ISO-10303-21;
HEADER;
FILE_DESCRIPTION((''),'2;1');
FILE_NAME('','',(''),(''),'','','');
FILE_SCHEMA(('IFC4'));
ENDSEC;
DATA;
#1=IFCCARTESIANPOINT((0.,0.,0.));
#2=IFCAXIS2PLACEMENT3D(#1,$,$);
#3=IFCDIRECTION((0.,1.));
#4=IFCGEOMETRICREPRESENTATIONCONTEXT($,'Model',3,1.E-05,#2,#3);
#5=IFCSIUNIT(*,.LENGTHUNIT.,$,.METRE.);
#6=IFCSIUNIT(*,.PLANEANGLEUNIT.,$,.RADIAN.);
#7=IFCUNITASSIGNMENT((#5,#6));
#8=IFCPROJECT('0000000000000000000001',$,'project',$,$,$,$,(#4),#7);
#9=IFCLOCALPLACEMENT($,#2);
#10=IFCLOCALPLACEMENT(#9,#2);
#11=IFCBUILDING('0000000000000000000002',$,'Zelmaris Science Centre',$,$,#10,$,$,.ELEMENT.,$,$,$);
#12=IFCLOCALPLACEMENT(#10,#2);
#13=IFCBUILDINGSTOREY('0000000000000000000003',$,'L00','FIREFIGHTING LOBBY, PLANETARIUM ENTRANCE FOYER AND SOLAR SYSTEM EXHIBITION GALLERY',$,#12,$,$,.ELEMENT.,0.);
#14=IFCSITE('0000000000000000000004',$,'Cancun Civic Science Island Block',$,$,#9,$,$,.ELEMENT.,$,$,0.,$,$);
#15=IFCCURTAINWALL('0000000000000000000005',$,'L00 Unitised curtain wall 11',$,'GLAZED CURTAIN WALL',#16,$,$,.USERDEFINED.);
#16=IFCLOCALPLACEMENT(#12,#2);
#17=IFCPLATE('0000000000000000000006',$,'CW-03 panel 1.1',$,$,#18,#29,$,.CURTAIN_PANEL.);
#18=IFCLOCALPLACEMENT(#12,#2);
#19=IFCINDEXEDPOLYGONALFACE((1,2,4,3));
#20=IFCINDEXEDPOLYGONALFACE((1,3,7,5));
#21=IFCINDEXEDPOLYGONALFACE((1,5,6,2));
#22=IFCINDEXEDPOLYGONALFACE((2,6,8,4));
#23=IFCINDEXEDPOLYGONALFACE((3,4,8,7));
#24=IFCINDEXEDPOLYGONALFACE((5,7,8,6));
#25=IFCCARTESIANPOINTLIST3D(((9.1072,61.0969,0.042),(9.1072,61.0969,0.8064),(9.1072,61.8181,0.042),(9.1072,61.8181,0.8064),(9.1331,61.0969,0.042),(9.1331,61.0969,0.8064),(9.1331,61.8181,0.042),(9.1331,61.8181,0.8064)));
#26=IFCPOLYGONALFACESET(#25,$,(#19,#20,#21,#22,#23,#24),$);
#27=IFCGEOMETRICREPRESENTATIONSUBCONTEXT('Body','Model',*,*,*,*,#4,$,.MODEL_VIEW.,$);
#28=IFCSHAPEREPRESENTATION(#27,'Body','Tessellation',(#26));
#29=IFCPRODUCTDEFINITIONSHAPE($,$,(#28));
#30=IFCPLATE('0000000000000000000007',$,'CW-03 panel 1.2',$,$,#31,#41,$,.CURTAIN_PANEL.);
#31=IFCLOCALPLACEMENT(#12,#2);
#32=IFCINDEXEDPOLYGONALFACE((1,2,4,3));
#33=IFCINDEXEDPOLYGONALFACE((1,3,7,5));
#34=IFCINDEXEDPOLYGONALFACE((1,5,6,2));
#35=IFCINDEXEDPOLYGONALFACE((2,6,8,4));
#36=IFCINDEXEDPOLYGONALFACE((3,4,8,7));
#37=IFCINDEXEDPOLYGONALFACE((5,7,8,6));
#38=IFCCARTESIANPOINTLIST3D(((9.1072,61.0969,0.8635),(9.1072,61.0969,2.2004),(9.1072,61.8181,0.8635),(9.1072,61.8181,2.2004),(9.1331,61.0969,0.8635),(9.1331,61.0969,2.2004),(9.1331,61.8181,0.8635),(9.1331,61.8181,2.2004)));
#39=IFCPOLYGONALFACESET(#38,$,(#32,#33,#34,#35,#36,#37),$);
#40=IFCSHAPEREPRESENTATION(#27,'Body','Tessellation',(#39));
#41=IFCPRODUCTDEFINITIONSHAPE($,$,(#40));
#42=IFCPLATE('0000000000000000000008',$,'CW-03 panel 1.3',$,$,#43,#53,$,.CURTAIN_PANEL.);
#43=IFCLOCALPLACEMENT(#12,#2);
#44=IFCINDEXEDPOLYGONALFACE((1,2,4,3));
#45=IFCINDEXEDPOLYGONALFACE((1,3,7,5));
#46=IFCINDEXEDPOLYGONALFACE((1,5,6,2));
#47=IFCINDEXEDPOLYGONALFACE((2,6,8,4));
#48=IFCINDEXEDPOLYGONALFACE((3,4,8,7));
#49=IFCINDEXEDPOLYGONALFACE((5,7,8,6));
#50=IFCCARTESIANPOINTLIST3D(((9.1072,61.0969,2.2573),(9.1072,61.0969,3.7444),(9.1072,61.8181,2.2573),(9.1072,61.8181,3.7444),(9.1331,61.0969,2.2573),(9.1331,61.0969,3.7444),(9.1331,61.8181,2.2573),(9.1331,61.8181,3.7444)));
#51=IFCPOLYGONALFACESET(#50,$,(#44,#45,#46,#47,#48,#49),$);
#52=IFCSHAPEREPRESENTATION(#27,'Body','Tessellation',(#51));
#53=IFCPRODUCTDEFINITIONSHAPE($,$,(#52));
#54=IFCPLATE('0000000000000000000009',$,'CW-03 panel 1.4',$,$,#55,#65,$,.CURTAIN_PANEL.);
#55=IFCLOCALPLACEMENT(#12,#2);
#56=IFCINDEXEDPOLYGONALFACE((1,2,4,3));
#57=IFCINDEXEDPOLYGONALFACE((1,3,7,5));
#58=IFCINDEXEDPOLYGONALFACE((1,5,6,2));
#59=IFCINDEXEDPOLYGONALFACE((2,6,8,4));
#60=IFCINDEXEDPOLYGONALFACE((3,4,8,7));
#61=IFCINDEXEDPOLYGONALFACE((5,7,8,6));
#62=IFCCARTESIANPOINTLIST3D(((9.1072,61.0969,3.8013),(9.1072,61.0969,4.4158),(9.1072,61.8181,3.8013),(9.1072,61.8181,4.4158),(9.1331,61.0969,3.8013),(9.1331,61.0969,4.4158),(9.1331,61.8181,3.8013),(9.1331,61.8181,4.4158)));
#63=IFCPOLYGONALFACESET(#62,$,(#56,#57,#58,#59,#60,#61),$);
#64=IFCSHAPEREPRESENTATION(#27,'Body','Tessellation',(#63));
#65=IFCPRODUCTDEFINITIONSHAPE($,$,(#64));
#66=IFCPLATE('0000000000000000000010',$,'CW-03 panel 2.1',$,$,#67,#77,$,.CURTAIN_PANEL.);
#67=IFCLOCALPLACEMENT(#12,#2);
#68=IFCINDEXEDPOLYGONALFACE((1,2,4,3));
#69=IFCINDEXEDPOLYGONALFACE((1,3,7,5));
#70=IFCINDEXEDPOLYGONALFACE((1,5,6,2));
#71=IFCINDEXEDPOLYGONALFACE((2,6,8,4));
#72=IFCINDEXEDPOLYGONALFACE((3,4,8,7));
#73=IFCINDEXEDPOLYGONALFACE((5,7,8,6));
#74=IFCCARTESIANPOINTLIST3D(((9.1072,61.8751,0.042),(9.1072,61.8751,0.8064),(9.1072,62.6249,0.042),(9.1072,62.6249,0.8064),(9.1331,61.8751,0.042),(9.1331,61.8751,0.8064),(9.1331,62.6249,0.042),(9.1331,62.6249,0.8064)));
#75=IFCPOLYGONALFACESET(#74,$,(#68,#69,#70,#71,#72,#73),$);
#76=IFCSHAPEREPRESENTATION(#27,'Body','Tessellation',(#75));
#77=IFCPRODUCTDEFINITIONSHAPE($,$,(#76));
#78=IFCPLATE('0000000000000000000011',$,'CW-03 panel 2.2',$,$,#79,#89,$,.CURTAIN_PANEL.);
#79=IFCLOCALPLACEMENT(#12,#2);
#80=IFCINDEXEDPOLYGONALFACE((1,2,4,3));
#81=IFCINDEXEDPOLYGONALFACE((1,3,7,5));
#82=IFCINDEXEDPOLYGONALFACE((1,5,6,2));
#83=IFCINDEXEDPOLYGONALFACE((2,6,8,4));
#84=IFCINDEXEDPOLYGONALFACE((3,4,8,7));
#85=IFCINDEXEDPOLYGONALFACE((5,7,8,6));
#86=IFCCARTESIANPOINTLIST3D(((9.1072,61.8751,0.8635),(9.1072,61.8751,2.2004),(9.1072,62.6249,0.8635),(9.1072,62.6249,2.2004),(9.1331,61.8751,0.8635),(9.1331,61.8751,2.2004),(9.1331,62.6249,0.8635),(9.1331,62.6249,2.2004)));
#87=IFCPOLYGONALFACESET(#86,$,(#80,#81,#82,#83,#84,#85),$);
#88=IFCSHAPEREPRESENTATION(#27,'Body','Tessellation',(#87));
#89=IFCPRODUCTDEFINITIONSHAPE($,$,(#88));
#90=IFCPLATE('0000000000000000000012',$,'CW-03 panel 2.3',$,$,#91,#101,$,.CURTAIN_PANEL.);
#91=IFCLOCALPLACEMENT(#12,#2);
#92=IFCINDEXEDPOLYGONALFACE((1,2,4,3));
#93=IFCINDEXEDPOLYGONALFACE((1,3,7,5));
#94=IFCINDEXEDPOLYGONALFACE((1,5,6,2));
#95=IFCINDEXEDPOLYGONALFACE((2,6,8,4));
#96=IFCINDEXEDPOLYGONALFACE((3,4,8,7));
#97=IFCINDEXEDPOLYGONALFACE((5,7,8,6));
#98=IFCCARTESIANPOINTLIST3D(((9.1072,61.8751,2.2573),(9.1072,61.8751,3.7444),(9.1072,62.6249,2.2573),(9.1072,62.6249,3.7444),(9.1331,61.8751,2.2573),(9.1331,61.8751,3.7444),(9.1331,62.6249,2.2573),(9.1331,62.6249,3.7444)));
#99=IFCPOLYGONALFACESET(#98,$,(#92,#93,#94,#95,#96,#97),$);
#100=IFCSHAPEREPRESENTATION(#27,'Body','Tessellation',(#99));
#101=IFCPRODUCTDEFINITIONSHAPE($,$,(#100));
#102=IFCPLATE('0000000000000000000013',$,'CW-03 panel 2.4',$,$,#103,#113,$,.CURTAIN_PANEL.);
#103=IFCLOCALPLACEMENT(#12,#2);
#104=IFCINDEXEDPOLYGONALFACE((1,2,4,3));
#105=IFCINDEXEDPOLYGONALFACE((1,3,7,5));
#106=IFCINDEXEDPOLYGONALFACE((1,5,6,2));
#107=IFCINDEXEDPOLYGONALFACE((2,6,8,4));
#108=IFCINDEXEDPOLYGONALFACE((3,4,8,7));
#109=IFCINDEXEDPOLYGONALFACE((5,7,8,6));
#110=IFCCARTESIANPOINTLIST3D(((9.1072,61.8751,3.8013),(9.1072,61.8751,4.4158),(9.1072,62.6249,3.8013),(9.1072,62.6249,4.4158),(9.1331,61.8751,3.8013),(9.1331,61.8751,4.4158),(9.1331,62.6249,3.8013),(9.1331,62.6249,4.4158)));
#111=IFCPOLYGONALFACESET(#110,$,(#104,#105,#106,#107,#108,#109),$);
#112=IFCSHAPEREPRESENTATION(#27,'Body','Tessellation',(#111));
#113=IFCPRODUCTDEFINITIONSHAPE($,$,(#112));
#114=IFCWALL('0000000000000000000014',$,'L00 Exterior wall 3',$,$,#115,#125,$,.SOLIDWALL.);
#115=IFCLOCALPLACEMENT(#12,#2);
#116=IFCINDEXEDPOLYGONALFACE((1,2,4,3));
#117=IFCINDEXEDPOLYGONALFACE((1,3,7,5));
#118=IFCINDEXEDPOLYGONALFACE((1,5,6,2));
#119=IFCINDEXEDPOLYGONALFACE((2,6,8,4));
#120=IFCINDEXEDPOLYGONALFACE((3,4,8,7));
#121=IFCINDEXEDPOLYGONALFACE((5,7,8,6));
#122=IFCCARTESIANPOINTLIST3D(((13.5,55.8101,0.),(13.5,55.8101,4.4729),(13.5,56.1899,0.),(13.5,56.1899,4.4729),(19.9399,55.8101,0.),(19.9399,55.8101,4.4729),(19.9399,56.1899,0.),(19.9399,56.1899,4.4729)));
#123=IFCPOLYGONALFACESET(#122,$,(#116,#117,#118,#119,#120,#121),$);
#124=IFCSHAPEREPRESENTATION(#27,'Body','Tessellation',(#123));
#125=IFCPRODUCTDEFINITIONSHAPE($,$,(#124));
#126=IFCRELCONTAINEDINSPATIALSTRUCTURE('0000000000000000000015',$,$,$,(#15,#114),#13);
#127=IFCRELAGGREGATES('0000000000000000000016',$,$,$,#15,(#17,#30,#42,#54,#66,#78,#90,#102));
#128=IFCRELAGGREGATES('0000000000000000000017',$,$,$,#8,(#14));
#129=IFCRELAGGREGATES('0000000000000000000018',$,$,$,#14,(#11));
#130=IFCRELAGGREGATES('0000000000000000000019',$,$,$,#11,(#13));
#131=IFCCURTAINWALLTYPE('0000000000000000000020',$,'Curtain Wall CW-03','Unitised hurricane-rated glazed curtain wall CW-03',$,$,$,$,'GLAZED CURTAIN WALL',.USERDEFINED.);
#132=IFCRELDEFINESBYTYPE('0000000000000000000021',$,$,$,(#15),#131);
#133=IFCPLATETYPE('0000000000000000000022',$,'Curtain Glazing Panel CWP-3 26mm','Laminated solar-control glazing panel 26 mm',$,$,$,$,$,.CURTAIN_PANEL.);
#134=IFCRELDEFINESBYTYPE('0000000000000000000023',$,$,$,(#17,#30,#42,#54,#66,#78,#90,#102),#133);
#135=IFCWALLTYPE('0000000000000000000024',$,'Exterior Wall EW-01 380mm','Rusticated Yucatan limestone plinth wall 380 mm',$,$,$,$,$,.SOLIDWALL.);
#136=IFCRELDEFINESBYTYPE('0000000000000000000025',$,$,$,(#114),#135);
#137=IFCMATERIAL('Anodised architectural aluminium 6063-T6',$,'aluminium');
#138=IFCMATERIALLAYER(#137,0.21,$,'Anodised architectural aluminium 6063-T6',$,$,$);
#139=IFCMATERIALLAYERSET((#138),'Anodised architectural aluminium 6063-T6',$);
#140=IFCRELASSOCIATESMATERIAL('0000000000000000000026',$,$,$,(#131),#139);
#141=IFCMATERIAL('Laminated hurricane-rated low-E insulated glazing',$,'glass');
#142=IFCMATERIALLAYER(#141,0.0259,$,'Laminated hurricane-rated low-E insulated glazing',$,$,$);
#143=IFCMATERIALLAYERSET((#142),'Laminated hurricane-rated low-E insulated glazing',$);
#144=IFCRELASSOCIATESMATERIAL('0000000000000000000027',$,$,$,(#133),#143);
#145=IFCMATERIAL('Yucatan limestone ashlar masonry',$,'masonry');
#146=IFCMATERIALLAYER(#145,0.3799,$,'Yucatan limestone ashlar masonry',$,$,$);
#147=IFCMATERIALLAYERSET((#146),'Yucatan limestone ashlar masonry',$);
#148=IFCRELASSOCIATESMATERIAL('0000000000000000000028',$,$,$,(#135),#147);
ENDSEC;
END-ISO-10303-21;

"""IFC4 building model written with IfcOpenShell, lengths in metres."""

from ifc_helpers import new_model, si_unit, direction, frame, frame_2d, origin, origin_2d, place, context, subcontext, project, spatial, rectangle, extrude, material, layer, layer_set, type_object, element, aggregate, save


model = new_model("IFC4")

# Units and contexts
model_context = context("Model", 3, precision=1e-05, world=origin(), true_north=direction((0.0, 1.0)))
body_context = subcontext(model_context, "Body", "Model", "MODEL_VIEW")
ifc_project = project(units=[si_unit("LENGTHUNIT", "METRE"), si_unit("PLANEANGLEUNIT", "RADIAN")], contexts=[model_context])

# Site, building, storey
site_placement = place(None, origin())
site = spatial("IfcSite", under=ifc_project, at=site_placement, Name="Cancun Civic Science Island Block", CompositionType="ELEMENT", RefElevation=0.0)
building_placement = place(site_placement, origin())
building = spatial("IfcBuilding", under=site, at=building_placement, Name="Zelmaris Science Centre", CompositionType="ELEMENT")
storey_placement = place(building_placement, origin())
storey = spatial("IfcBuildingStorey", under=building, at=storey_placement, Name="L00", Description="FIREFIGHTING LOBBY, PLANETARIUM ENTRANCE FOYER AND SOLAR SYSTEM EXHIBITION GALLERY", CompositionType="ELEMENT", Elevation=0.0)

# Curtain wall
ifc_material_1 = material(Name="Anodised architectural aluminium 6063-T6", Category="aluminium")
ifc_layer_1 = layer(ifc_material_1, 0.21, Name="Anodised architectural aluminium 6063-T6")
ifc_layer_set_1 = layer_set([ifc_layer_1], Name="Anodised architectural aluminium 6063-T6")
curtain_wall_type_1 = type_object("IfcCurtainWallType", Name="Curtain Wall CW-03", Description="Unitised hurricane-rated glazed curtain wall CW-03", ElementType="GLAZED CURTAIN WALL", PredefinedType="USERDEFINED", material=ifc_layer_set_1)
curtain_wall_1_placement = place(storey_placement, origin())
curtain_wall_1 = element("IfcCurtainWall", 1, at=curtain_wall_1_placement, inside=storey, type_object=curtain_wall_type_1, Name="L00 Unitised curtain wall 11", ObjectType="GLAZED CURTAIN WALL", PredefinedType="USERDEFINED")

# Plates
ifc_material_2 = material(Name="Laminated hurricane-rated low-E insulated glazing", Category="glass")
ifc_layer_2 = layer(ifc_material_2, 0.0259, Name="Laminated hurricane-rated low-E insulated glazing")
ifc_layer_set_2 = layer_set([ifc_layer_2], Name="Laminated hurricane-rated low-E insulated glazing")
plate_type = type_object("IfcPlateType", Name="Curtain Glazing Panel CWP-3 26mm", Description="Laminated solar-control glazing panel 26 mm", PredefinedType="CURTAIN_PANEL", material=ifc_layer_set_2)
plate_1_placement = place(storey_placement, frame((9.1201, 61.4575, 0.042), z_axis=(0.0, 0.0, 1.0), x_axis=(0.0, 1.0, 0.0)))
plate_1 = element("IfcPlate", 2, at=plate_1_placement, type_object=plate_type, Name="CW-03 panel 1.1", PredefinedType="CURTAIN_PANEL", context=body_context, shape_type="SweptSolid", body=[
    extrude(rectangle(XDim=0.7212, YDim=0.0259, at=origin_2d()), origin(), (0.0, 0.0, 1.0), 0.7644),
])
plate_2_placement = place(storey_placement, frame((9.1201, 61.4575, 0.8635), z_axis=(0.0, 0.0, 1.0), x_axis=(0.0, 1.0, 0.0)))
plate_2 = element("IfcPlate", 3, at=plate_2_placement, type_object=plate_type, Name="CW-03 panel 1.2", PredefinedType="CURTAIN_PANEL", context=body_context, shape_type="SweptSolid", body=[
    extrude(rectangle(XDim=0.7212, YDim=0.0259, at=origin_2d()), origin(), (0.0, 0.0, 1.0), 1.3369),
])
plate_3_placement = place(storey_placement, frame((9.1201, 61.4575, 2.2573), z_axis=(0.0, 0.0, 1.0), x_axis=(0.0, 1.0, 0.0)))
plate_3 = element("IfcPlate", 4, at=plate_3_placement, type_object=plate_type, Name="CW-03 panel 1.3", PredefinedType="CURTAIN_PANEL", context=body_context, shape_type="SweptSolid", body=[
    extrude(rectangle(XDim=0.7212, YDim=0.0259, at=origin_2d()), origin(), (0.0, 0.0, 1.0), 1.4871),
])
plate_4_placement = place(storey_placement, frame((9.1201, 61.4575, 3.8013), z_axis=(0.0, 0.0, 1.0), x_axis=(0.0, 1.0, 0.0)))
plate_4 = element("IfcPlate", 5, at=plate_4_placement, type_object=plate_type, Name="CW-03 panel 1.4", PredefinedType="CURTAIN_PANEL", context=body_context, shape_type="SweptSolid", body=[
    extrude(rectangle(XDim=0.7212, YDim=0.0259, at=origin_2d()), origin(), (0.0, 0.0, 1.0), 0.6145),
])
plate_5_placement = place(storey_placement, frame((9.1201, 62.25, 0.042), z_axis=(0.0, 0.0, 1.0), x_axis=(0.0, 1.0, 0.0)))
plate_5 = element("IfcPlate", 6, at=plate_5_placement, type_object=plate_type, Name="CW-03 panel 2.1", PredefinedType="CURTAIN_PANEL", context=body_context, shape_type="SweptSolid", body=[
    extrude(rectangle(XDim=0.7498, YDim=0.0259, at=origin_2d()), origin(), (0.0, 0.0, 1.0), 0.7644),
])
plate_6_placement = place(storey_placement, frame((9.1201, 62.25, 0.8635), z_axis=(0.0, 0.0, 1.0), x_axis=(0.0, 1.0, 0.0)))
plate_6 = element("IfcPlate", 7, at=plate_6_placement, type_object=plate_type, Name="CW-03 panel 2.2", PredefinedType="CURTAIN_PANEL", context=body_context, shape_type="SweptSolid", body=[
    extrude(rectangle(XDim=0.7498, YDim=0.0259, at=origin_2d()), origin(), (0.0, 0.0, 1.0), 1.3369),
])
plate_7_placement = place(storey_placement, frame((9.1201, 62.25, 2.2573), z_axis=(0.0, 0.0, 1.0), x_axis=(0.0, 1.0, 0.0)))
plate_7 = element("IfcPlate", 8, at=plate_7_placement, type_object=plate_type, Name="CW-03 panel 2.3", PredefinedType="CURTAIN_PANEL", context=body_context, shape_type="SweptSolid", body=[
    extrude(rectangle(XDim=0.7498, YDim=0.0259, at=origin_2d()), origin(), (0.0, 0.0, 1.0), 1.4871),
])
plate_8_placement = place(storey_placement, frame((9.1201, 62.25, 3.8013), z_axis=(0.0, 0.0, 1.0), x_axis=(0.0, 1.0, 0.0)))
plate_8 = element("IfcPlate", 9, at=plate_8_placement, type_object=plate_type, Name="CW-03 panel 2.4", PredefinedType="CURTAIN_PANEL", context=body_context, shape_type="SweptSolid", body=[
    extrude(rectangle(XDim=0.7498, YDim=0.0259, at=origin_2d()), origin(), (0.0, 0.0, 1.0), 0.6145),
])
aggregate(curtain_wall_1, [plate_1, plate_2, plate_3, plate_4, plate_5, plate_6, plate_7, plate_8])

# Wall
ifc_material_3 = material(Name="Yucatan limestone ashlar masonry", Category="masonry")
ifc_layer_3 = layer(ifc_material_3, 0.3799, Name="Yucatan limestone ashlar masonry")
ifc_layer_set_3 = layer_set([ifc_layer_3], Name="Yucatan limestone ashlar masonry")
wall_type = type_object("IfcWallType", Name="Exterior Wall EW-01 380mm", Description="Rusticated Yucatan limestone plinth wall 380 mm", PredefinedType="SOLIDWALL", material=ifc_layer_set_3)
wall_1_placement = place(storey_placement, frame((19.9399, 56.0, 0.0), z_axis=(0.0, 0.0, 1.0), x_axis=(-1.0, 0.0, 0.0)))
element("IfcWall", 10, at=wall_1_placement, inside=storey, type_object=wall_type, Name="L00 Exterior wall 3", PredefinedType="SOLIDWALL", context=body_context, shape_type="SweptSolid", body=[
    extrude(rectangle(XDim=6.4399, YDim=0.3799, at=frame_2d((3.22, 0.0))), origin(), (0.0, 0.0, 1.0), 4.4729),
])

save(model, "model.ifc")
